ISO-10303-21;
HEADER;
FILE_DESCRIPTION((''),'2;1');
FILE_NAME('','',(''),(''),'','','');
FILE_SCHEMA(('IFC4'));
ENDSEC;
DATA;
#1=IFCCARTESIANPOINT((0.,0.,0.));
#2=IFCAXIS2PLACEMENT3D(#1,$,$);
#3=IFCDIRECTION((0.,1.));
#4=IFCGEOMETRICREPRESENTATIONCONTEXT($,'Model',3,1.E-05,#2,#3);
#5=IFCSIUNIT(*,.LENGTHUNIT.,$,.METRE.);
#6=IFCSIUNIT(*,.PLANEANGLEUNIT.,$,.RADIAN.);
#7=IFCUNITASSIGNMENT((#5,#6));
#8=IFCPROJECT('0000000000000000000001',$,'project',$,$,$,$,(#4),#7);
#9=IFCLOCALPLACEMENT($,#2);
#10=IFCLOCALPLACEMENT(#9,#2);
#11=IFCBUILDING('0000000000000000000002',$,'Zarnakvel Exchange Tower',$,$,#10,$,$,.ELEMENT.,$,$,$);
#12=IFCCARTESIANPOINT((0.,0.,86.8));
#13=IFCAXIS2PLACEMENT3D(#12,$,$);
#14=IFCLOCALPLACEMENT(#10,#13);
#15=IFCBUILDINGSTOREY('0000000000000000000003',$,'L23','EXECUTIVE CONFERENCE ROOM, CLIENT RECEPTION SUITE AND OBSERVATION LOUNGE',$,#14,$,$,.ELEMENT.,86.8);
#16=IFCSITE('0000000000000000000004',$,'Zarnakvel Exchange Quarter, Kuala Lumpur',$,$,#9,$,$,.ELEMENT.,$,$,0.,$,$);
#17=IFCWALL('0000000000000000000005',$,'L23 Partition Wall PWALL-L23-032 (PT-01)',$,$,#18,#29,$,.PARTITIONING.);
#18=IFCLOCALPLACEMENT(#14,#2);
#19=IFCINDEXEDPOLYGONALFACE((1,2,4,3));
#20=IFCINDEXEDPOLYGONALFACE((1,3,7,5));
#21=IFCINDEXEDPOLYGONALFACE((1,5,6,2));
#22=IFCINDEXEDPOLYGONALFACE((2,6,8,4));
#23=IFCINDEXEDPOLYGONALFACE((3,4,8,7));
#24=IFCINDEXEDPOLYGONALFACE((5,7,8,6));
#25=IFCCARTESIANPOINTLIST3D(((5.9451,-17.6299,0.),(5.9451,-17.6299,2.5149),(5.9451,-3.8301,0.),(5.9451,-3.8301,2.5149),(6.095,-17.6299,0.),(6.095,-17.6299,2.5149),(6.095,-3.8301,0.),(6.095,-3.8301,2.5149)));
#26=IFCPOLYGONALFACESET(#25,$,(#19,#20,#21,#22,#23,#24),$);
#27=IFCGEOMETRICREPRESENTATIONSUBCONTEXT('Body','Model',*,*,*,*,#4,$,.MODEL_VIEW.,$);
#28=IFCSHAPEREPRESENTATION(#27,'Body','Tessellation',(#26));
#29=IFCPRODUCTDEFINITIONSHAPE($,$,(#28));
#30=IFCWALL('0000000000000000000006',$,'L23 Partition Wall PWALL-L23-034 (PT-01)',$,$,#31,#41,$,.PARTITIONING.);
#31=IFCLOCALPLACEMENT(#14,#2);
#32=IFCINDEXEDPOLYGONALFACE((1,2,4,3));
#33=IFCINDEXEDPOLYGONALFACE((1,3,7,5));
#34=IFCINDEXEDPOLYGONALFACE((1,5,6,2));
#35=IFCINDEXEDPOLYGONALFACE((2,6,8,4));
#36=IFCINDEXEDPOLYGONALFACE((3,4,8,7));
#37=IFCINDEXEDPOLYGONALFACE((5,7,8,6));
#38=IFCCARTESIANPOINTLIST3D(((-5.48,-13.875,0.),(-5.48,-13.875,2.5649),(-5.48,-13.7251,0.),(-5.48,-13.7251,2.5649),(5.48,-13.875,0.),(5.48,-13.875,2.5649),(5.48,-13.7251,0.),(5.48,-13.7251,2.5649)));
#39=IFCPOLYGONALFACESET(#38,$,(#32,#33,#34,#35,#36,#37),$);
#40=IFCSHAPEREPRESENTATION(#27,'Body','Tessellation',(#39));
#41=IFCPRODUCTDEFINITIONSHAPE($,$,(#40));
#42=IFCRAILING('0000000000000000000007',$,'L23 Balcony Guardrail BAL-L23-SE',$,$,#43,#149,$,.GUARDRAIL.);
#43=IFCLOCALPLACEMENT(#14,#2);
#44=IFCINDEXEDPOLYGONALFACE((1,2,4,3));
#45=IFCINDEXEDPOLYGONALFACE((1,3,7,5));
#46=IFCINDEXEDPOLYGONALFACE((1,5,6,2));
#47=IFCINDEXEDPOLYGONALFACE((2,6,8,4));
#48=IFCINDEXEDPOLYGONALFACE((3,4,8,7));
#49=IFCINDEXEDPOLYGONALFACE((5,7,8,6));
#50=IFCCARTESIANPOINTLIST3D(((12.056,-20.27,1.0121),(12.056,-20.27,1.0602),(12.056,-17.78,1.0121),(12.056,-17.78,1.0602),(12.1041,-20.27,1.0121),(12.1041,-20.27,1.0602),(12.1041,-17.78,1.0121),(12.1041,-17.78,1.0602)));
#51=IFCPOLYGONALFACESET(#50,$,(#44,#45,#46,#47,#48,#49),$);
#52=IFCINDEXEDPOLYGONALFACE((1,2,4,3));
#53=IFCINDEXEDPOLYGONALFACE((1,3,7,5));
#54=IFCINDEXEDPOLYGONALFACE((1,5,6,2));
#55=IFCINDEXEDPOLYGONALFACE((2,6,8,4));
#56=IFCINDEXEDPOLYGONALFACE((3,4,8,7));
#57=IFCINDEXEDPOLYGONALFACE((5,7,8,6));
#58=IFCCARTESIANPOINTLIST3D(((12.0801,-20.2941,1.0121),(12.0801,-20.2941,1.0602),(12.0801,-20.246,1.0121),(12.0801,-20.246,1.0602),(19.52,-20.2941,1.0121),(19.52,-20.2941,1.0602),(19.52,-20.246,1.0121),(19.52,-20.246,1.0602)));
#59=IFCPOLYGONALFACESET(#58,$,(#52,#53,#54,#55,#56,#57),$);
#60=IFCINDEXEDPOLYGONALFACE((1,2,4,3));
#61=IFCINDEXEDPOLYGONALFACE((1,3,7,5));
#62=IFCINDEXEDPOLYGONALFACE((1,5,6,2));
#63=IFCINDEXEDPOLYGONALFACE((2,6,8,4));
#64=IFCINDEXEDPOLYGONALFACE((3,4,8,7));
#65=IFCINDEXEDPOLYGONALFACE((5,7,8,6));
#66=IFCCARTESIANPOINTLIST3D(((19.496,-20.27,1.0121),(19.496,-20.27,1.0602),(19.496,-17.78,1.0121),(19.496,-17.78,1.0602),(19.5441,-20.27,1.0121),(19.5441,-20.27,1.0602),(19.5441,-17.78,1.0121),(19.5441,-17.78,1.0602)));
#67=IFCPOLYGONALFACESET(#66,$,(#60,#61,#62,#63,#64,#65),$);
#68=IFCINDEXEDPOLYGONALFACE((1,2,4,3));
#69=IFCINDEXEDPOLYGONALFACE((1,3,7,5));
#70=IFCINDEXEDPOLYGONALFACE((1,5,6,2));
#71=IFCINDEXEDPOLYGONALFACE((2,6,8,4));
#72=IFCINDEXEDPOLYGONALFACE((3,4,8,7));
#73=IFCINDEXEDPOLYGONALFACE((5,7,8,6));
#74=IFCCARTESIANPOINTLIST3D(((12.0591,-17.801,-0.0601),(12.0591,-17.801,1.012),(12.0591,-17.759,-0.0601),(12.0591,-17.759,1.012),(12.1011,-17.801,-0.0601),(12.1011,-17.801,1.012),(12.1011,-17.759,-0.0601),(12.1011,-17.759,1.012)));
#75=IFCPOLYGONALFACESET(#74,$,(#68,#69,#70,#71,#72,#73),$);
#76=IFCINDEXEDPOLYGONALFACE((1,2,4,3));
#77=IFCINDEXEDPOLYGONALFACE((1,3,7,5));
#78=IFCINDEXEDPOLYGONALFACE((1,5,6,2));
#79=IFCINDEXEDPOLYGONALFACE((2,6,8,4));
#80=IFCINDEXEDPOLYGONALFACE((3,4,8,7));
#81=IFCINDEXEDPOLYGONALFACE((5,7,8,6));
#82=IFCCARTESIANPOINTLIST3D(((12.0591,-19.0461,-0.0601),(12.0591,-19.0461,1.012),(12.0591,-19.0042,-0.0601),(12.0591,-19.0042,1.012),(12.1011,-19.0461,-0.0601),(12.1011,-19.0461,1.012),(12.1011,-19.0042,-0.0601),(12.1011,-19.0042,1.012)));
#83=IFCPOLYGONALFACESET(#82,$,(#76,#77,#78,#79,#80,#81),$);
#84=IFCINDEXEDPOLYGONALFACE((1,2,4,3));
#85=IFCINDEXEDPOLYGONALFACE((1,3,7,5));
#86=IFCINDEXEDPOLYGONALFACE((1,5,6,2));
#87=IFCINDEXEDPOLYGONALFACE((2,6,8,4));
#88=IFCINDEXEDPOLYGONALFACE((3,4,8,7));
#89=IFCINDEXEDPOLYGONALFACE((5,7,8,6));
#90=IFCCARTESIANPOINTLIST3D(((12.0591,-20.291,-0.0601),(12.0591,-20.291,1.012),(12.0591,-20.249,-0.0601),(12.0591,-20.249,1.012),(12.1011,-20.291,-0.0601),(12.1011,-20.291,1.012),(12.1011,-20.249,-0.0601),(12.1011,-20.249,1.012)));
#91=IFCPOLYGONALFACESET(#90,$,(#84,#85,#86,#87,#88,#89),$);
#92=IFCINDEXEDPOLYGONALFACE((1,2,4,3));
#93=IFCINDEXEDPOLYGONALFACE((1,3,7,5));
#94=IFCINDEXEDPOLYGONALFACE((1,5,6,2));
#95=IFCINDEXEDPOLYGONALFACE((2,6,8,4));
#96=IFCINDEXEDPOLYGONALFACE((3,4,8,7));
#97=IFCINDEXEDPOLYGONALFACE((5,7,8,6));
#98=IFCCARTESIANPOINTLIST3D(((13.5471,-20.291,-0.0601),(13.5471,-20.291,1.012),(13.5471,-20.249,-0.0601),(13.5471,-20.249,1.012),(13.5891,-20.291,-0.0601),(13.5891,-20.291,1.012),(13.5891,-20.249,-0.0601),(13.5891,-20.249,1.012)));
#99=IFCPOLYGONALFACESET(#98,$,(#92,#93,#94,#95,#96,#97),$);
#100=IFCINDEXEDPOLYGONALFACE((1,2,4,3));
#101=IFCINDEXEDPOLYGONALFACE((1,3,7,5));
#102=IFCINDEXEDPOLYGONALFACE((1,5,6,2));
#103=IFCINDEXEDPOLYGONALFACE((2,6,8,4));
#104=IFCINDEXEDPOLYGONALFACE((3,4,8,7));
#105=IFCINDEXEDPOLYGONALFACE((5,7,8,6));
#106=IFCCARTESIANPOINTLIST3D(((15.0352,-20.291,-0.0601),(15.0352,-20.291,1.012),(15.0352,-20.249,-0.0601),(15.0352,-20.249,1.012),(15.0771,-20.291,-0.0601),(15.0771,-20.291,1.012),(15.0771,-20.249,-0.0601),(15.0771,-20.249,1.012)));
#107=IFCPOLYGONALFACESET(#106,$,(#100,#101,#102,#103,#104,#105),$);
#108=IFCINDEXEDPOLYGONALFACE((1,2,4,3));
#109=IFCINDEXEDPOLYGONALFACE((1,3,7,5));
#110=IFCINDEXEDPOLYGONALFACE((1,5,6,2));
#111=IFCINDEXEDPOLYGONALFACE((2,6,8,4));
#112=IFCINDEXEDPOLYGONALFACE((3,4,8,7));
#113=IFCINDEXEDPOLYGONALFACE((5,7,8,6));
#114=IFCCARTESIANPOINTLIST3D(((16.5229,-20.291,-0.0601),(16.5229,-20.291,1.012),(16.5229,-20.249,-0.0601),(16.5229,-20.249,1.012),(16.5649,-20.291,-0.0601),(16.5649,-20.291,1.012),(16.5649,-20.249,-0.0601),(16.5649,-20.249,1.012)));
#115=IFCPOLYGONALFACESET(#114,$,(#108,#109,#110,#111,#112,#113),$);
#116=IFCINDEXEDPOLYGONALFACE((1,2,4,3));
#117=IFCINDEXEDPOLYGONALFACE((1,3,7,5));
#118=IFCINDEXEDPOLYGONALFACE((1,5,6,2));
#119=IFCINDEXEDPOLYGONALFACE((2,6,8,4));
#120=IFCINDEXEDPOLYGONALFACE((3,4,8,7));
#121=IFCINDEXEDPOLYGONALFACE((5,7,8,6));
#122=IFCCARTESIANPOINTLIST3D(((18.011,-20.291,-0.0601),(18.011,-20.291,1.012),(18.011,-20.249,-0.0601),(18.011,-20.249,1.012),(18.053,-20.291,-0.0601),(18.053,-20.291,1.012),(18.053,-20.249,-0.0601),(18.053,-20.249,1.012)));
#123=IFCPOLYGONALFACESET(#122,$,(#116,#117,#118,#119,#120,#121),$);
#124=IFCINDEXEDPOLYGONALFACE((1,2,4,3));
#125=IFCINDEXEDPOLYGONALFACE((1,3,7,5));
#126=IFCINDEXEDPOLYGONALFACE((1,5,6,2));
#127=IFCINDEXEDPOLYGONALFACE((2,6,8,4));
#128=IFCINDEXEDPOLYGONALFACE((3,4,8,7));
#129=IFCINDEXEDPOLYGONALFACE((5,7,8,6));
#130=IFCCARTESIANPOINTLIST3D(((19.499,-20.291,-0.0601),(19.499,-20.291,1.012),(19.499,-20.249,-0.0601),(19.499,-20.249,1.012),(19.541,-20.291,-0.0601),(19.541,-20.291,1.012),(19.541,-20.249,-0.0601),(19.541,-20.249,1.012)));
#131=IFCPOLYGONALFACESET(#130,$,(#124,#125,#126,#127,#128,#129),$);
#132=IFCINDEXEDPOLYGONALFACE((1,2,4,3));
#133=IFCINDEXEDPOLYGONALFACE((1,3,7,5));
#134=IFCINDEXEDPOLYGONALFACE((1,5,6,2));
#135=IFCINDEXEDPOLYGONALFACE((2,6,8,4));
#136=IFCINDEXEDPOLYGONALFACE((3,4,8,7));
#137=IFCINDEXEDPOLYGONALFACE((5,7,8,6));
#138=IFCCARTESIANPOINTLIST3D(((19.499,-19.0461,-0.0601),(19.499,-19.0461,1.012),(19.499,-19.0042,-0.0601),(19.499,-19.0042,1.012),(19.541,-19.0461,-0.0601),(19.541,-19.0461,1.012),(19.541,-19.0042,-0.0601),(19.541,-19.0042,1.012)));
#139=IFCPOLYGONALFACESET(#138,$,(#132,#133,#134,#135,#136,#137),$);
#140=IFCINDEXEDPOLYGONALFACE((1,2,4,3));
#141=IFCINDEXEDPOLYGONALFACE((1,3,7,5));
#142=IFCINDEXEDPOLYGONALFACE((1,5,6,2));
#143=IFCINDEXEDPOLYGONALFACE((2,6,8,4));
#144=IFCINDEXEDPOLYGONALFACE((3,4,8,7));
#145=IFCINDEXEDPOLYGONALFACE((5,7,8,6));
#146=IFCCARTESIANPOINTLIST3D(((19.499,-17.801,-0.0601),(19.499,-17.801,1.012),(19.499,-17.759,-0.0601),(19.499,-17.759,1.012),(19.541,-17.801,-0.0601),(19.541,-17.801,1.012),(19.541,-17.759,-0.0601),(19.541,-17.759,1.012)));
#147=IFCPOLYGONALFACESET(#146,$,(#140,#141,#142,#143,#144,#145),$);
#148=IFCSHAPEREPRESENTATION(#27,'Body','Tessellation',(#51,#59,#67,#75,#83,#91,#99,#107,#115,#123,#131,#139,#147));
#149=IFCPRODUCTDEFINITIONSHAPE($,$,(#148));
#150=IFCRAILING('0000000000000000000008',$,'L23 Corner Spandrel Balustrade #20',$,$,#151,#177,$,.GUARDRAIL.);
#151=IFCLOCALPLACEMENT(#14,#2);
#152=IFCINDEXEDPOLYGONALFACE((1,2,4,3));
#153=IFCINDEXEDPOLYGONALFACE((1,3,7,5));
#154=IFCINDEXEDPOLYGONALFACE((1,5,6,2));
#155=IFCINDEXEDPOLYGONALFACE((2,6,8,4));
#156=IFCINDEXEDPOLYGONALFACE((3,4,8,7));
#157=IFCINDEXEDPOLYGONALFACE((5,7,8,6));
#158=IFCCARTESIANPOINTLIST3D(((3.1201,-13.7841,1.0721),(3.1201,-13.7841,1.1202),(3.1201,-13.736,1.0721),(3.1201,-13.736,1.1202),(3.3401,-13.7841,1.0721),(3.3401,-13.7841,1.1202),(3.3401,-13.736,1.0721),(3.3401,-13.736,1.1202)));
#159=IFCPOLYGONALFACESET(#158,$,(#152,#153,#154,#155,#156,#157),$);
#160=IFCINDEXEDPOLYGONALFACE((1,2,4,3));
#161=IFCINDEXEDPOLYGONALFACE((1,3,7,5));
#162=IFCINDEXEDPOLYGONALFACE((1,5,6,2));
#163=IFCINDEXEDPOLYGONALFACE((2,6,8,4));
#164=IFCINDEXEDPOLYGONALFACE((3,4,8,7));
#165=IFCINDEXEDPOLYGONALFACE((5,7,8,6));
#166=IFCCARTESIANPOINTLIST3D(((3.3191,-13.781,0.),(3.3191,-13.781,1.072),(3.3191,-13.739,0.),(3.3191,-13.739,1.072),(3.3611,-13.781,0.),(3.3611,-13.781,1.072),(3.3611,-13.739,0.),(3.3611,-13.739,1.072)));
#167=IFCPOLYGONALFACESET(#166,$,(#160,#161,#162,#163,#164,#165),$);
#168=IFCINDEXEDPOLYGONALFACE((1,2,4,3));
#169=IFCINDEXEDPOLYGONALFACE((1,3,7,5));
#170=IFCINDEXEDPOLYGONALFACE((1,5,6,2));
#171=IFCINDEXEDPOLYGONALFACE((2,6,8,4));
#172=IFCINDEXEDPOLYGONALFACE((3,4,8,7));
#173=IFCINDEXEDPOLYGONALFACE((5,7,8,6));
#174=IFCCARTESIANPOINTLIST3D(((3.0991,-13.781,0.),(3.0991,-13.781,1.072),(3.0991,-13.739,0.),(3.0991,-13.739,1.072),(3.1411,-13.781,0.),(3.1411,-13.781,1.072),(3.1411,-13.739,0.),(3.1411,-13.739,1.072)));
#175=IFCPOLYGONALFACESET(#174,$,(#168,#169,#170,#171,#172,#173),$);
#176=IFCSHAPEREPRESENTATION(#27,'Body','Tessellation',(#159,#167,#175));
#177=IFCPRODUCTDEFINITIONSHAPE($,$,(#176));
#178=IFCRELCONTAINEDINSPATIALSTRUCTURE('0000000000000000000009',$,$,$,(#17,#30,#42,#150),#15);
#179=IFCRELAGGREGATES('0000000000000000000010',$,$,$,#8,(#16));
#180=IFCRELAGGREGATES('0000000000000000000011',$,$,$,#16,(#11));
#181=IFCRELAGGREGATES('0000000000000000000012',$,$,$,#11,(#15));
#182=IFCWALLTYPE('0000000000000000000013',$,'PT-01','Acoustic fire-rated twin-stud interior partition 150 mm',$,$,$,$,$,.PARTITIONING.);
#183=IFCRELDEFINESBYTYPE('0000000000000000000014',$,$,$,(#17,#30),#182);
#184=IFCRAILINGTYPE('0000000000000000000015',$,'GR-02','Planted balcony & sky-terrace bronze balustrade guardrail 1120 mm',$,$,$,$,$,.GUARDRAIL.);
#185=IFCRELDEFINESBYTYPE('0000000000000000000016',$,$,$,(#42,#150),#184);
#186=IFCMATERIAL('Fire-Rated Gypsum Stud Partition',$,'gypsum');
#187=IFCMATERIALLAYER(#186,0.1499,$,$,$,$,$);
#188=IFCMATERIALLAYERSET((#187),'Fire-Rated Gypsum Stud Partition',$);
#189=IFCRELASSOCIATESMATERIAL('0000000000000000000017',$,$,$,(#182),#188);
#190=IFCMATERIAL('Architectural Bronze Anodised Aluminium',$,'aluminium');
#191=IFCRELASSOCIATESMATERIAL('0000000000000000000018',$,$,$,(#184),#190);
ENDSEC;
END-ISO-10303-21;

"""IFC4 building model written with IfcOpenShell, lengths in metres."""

from ifc_helpers import new_model, si_unit, direction, frame, frame_2d, origin, origin_2d, place, context, subcontext, project, spatial, rectangle, extrude, material, layer, layer_set, type_object, element, save


model = new_model("IFC4")

# Units and contexts
model_context = context("Model", 3, precision=1e-05, world=origin(), true_north=direction((0.0, 1.0)))
body_context = subcontext(model_context, "Body", "Model", "MODEL_VIEW")
ifc_project = project(units=[si_unit("LENGTHUNIT", "METRE"), si_unit("PLANEANGLEUNIT", "RADIAN")], contexts=[model_context])

# Site, building, storey
site_placement = place(None, origin())
site = spatial("IfcSite", under=ifc_project, at=site_placement, Name="Zarnakvel Exchange Quarter, Kuala Lumpur", CompositionType="ELEMENT", RefElevation=0.0)
building_placement = place(site_placement, origin())
building = spatial("IfcBuilding", under=site, at=building_placement, Name="Zarnakvel Exchange Tower", CompositionType="ELEMENT")
storey_placement = place(building_placement, frame((0.0, 0.0, 86.8)))
storey = spatial("IfcBuildingStorey", under=building, at=storey_placement, Name="L23", Description="EXECUTIVE CONFERENCE ROOM, CLIENT RECEPTION SUITE AND OBSERVATION LOUNGE", CompositionType="ELEMENT", Elevation=86.8)

# Shared definitions
ifc_material_1 = material(Name="Architectural Bronze Anodised Aluminium", Category="aluminium")

# Walls
ifc_material_2 = material(Name="Fire-Rated Gypsum Stud Partition", Category="gypsum")
ifc_layer_1 = layer(ifc_material_2, 0.1499)
ifc_layer_set_1 = layer_set([ifc_layer_1], Name="Fire-Rated Gypsum Stud Partition")
wall_type_1 = type_object("IfcWallType", Name="PT-01", Description="Acoustic fire-rated twin-stud interior partition 150 mm", PredefinedType="PARTITIONING", material=ifc_layer_set_1)
wall_1_placement = place(storey_placement, frame((6.02, -17.6299, 0.0), z_axis=(0.0, 0.0, 1.0), x_axis=(0.0, 1.0, 0.0)))
element("IfcWall", 1, at=wall_1_placement, inside=storey, type_object=wall_type_1, Name="L23 Partition Wall PWALL-L23-032 (PT-01)", PredefinedType="PARTITIONING", context=body_context, shape_type="SweptSolid", body=[
    extrude(rectangle(XDim=13.7998, YDim=0.1499, at=frame_2d((6.8999, 0.0))), origin(), (0.0, 0.0, 1.0), 2.5149),
])
wall_2_placement = place(storey_placement, frame((5.48, -13.8, 0.0), z_axis=(0.0, 0.0, 1.0), x_axis=(-1.0, 0.0, 0.0)))
element("IfcWall", 2, at=wall_2_placement, inside=storey, type_object=wall_type_1, Name="L23 Partition Wall PWALL-L23-034 (PT-01)", PredefinedType="PARTITIONING", context=body_context, shape_type="SweptSolid", body=[
    extrude(rectangle(XDim=10.96, YDim=0.1499, at=frame_2d((5.48, 0.0))), origin(), (0.0, 0.0, 1.0), 2.5649),
])

# Railings
railing_type = type_object("IfcRailingType", Name="GR-02", Description="Planted balcony & sky-terrace bronze balustrade guardrail 1120 mm", PredefinedType="GUARDRAIL", material=ifc_material_1)
railing_1_placement = place(storey_placement, frame((12.0801, -17.78, -0.0601)))
element("IfcRailing", 3, at=railing_1_placement, inside=storey, type_object=railing_type, Name="L23 Balcony Guardrail BAL-L23-SE", PredefinedType="GUARDRAIL", context=body_context, shape_type="SweptSolid", body=[
    extrude(rectangle(XDim=0.0481, YDim=0.0481, at=origin_2d()), frame((0.0, 0.0, 1.0962), z_axis=(0.0, -1.0, 0.0), x_axis=(1.0, 0.0, 0.0)), (0.0, 0.0, 1.0), 2.49),
    extrude(rectangle(XDim=0.0481, YDim=0.0481, at=origin_2d()), frame((0.0, -2.49, 1.0962), z_axis=(1.0, 0.0, 0.0), x_axis=(0.0, 1.0, 0.0)), (0.0, 0.0, 1.0), 7.4399),
    extrude(rectangle(XDim=0.0481, YDim=0.0481, at=origin_2d()), frame((7.4399, -2.49, 1.0962), z_axis=(0.0, 1.0, 0.0), x_axis=(-1.0, 0.0, 0.0)), (0.0, 0.0, 1.0), 2.49),
    extrude(rectangle(XDim=0.042, YDim=0.042, at=origin_2d()), origin(), (0.0, 0.0, 1.0), 1.072),
    extrude(rectangle(XDim=0.042, YDim=0.042, at=origin_2d()), frame((0.0, -1.2451, 0.0)), (0.0, 0.0, 1.0), 1.072),
    extrude(rectangle(XDim=0.042, YDim=0.042, at=origin_2d()), frame((0.0, -2.49, 0.0)), (0.0, 0.0, 1.0), 1.072),
    extrude(rectangle(XDim=0.042, YDim=0.042, at=origin_2d()), frame((1.488, -2.49, 0.0)), (0.0, 0.0, 1.0), 1.072),
    extrude(rectangle(XDim=0.042, YDim=0.042, at=origin_2d()), frame((2.9761, -2.49, 0.0)), (0.0, 0.0, 1.0), 1.072),
    extrude(rectangle(XDim=0.042, YDim=0.042, at=origin_2d()), frame((4.4639, -2.49, 0.0)), (0.0, 0.0, 1.0), 1.072),
    extrude(rectangle(XDim=0.042, YDim=0.042, at=origin_2d()), frame((5.9519, -2.49, 0.0)), (0.0, 0.0, 1.0), 1.072),
    extrude(rectangle(XDim=0.042, YDim=0.042, at=origin_2d()), frame((7.4399, -2.49, 0.0)), (0.0, 0.0, 1.0), 1.072),
    extrude(rectangle(XDim=0.042, YDim=0.042, at=origin_2d()), frame((7.4399, -1.2451, 0.0)), (0.0, 0.0, 1.0), 1.072),
    extrude(rectangle(XDim=0.042, YDim=0.042, at=origin_2d()), frame((7.4399, 0.0, 0.0)), (0.0, 0.0, 1.0), 1.072),
])
railing_2_placement = place(storey_placement, frame((3.3401, -13.76, 0.0)))
element("IfcRailing", 4, at=railing_2_placement, inside=storey, type_object=railing_type, Name="L23 Corner Spandrel Balustrade #20", PredefinedType="GUARDRAIL", context=body_context, shape_type="SweptSolid", body=[
    extrude(rectangle(XDim=0.0481, YDim=0.0481, at=origin_2d()), frame((0.0, 0.0, 1.0962), z_axis=(-1.0, 0.0, 0.0), x_axis=(0.0, -1.0, 0.0)), (0.0, 0.0, 1.0), 0.22),
    extrude(rectangle(XDim=0.042, YDim=0.042, at=origin_2d()), origin(), (0.0, 0.0, 1.0), 1.072),
    extrude(rectangle(XDim=0.042, YDim=0.042, at=origin_2d()), frame((-0.22, 0.0, 0.0)), (0.0, 0.0, 1.0), 1.072),
])

save(model, "model.ifc")
